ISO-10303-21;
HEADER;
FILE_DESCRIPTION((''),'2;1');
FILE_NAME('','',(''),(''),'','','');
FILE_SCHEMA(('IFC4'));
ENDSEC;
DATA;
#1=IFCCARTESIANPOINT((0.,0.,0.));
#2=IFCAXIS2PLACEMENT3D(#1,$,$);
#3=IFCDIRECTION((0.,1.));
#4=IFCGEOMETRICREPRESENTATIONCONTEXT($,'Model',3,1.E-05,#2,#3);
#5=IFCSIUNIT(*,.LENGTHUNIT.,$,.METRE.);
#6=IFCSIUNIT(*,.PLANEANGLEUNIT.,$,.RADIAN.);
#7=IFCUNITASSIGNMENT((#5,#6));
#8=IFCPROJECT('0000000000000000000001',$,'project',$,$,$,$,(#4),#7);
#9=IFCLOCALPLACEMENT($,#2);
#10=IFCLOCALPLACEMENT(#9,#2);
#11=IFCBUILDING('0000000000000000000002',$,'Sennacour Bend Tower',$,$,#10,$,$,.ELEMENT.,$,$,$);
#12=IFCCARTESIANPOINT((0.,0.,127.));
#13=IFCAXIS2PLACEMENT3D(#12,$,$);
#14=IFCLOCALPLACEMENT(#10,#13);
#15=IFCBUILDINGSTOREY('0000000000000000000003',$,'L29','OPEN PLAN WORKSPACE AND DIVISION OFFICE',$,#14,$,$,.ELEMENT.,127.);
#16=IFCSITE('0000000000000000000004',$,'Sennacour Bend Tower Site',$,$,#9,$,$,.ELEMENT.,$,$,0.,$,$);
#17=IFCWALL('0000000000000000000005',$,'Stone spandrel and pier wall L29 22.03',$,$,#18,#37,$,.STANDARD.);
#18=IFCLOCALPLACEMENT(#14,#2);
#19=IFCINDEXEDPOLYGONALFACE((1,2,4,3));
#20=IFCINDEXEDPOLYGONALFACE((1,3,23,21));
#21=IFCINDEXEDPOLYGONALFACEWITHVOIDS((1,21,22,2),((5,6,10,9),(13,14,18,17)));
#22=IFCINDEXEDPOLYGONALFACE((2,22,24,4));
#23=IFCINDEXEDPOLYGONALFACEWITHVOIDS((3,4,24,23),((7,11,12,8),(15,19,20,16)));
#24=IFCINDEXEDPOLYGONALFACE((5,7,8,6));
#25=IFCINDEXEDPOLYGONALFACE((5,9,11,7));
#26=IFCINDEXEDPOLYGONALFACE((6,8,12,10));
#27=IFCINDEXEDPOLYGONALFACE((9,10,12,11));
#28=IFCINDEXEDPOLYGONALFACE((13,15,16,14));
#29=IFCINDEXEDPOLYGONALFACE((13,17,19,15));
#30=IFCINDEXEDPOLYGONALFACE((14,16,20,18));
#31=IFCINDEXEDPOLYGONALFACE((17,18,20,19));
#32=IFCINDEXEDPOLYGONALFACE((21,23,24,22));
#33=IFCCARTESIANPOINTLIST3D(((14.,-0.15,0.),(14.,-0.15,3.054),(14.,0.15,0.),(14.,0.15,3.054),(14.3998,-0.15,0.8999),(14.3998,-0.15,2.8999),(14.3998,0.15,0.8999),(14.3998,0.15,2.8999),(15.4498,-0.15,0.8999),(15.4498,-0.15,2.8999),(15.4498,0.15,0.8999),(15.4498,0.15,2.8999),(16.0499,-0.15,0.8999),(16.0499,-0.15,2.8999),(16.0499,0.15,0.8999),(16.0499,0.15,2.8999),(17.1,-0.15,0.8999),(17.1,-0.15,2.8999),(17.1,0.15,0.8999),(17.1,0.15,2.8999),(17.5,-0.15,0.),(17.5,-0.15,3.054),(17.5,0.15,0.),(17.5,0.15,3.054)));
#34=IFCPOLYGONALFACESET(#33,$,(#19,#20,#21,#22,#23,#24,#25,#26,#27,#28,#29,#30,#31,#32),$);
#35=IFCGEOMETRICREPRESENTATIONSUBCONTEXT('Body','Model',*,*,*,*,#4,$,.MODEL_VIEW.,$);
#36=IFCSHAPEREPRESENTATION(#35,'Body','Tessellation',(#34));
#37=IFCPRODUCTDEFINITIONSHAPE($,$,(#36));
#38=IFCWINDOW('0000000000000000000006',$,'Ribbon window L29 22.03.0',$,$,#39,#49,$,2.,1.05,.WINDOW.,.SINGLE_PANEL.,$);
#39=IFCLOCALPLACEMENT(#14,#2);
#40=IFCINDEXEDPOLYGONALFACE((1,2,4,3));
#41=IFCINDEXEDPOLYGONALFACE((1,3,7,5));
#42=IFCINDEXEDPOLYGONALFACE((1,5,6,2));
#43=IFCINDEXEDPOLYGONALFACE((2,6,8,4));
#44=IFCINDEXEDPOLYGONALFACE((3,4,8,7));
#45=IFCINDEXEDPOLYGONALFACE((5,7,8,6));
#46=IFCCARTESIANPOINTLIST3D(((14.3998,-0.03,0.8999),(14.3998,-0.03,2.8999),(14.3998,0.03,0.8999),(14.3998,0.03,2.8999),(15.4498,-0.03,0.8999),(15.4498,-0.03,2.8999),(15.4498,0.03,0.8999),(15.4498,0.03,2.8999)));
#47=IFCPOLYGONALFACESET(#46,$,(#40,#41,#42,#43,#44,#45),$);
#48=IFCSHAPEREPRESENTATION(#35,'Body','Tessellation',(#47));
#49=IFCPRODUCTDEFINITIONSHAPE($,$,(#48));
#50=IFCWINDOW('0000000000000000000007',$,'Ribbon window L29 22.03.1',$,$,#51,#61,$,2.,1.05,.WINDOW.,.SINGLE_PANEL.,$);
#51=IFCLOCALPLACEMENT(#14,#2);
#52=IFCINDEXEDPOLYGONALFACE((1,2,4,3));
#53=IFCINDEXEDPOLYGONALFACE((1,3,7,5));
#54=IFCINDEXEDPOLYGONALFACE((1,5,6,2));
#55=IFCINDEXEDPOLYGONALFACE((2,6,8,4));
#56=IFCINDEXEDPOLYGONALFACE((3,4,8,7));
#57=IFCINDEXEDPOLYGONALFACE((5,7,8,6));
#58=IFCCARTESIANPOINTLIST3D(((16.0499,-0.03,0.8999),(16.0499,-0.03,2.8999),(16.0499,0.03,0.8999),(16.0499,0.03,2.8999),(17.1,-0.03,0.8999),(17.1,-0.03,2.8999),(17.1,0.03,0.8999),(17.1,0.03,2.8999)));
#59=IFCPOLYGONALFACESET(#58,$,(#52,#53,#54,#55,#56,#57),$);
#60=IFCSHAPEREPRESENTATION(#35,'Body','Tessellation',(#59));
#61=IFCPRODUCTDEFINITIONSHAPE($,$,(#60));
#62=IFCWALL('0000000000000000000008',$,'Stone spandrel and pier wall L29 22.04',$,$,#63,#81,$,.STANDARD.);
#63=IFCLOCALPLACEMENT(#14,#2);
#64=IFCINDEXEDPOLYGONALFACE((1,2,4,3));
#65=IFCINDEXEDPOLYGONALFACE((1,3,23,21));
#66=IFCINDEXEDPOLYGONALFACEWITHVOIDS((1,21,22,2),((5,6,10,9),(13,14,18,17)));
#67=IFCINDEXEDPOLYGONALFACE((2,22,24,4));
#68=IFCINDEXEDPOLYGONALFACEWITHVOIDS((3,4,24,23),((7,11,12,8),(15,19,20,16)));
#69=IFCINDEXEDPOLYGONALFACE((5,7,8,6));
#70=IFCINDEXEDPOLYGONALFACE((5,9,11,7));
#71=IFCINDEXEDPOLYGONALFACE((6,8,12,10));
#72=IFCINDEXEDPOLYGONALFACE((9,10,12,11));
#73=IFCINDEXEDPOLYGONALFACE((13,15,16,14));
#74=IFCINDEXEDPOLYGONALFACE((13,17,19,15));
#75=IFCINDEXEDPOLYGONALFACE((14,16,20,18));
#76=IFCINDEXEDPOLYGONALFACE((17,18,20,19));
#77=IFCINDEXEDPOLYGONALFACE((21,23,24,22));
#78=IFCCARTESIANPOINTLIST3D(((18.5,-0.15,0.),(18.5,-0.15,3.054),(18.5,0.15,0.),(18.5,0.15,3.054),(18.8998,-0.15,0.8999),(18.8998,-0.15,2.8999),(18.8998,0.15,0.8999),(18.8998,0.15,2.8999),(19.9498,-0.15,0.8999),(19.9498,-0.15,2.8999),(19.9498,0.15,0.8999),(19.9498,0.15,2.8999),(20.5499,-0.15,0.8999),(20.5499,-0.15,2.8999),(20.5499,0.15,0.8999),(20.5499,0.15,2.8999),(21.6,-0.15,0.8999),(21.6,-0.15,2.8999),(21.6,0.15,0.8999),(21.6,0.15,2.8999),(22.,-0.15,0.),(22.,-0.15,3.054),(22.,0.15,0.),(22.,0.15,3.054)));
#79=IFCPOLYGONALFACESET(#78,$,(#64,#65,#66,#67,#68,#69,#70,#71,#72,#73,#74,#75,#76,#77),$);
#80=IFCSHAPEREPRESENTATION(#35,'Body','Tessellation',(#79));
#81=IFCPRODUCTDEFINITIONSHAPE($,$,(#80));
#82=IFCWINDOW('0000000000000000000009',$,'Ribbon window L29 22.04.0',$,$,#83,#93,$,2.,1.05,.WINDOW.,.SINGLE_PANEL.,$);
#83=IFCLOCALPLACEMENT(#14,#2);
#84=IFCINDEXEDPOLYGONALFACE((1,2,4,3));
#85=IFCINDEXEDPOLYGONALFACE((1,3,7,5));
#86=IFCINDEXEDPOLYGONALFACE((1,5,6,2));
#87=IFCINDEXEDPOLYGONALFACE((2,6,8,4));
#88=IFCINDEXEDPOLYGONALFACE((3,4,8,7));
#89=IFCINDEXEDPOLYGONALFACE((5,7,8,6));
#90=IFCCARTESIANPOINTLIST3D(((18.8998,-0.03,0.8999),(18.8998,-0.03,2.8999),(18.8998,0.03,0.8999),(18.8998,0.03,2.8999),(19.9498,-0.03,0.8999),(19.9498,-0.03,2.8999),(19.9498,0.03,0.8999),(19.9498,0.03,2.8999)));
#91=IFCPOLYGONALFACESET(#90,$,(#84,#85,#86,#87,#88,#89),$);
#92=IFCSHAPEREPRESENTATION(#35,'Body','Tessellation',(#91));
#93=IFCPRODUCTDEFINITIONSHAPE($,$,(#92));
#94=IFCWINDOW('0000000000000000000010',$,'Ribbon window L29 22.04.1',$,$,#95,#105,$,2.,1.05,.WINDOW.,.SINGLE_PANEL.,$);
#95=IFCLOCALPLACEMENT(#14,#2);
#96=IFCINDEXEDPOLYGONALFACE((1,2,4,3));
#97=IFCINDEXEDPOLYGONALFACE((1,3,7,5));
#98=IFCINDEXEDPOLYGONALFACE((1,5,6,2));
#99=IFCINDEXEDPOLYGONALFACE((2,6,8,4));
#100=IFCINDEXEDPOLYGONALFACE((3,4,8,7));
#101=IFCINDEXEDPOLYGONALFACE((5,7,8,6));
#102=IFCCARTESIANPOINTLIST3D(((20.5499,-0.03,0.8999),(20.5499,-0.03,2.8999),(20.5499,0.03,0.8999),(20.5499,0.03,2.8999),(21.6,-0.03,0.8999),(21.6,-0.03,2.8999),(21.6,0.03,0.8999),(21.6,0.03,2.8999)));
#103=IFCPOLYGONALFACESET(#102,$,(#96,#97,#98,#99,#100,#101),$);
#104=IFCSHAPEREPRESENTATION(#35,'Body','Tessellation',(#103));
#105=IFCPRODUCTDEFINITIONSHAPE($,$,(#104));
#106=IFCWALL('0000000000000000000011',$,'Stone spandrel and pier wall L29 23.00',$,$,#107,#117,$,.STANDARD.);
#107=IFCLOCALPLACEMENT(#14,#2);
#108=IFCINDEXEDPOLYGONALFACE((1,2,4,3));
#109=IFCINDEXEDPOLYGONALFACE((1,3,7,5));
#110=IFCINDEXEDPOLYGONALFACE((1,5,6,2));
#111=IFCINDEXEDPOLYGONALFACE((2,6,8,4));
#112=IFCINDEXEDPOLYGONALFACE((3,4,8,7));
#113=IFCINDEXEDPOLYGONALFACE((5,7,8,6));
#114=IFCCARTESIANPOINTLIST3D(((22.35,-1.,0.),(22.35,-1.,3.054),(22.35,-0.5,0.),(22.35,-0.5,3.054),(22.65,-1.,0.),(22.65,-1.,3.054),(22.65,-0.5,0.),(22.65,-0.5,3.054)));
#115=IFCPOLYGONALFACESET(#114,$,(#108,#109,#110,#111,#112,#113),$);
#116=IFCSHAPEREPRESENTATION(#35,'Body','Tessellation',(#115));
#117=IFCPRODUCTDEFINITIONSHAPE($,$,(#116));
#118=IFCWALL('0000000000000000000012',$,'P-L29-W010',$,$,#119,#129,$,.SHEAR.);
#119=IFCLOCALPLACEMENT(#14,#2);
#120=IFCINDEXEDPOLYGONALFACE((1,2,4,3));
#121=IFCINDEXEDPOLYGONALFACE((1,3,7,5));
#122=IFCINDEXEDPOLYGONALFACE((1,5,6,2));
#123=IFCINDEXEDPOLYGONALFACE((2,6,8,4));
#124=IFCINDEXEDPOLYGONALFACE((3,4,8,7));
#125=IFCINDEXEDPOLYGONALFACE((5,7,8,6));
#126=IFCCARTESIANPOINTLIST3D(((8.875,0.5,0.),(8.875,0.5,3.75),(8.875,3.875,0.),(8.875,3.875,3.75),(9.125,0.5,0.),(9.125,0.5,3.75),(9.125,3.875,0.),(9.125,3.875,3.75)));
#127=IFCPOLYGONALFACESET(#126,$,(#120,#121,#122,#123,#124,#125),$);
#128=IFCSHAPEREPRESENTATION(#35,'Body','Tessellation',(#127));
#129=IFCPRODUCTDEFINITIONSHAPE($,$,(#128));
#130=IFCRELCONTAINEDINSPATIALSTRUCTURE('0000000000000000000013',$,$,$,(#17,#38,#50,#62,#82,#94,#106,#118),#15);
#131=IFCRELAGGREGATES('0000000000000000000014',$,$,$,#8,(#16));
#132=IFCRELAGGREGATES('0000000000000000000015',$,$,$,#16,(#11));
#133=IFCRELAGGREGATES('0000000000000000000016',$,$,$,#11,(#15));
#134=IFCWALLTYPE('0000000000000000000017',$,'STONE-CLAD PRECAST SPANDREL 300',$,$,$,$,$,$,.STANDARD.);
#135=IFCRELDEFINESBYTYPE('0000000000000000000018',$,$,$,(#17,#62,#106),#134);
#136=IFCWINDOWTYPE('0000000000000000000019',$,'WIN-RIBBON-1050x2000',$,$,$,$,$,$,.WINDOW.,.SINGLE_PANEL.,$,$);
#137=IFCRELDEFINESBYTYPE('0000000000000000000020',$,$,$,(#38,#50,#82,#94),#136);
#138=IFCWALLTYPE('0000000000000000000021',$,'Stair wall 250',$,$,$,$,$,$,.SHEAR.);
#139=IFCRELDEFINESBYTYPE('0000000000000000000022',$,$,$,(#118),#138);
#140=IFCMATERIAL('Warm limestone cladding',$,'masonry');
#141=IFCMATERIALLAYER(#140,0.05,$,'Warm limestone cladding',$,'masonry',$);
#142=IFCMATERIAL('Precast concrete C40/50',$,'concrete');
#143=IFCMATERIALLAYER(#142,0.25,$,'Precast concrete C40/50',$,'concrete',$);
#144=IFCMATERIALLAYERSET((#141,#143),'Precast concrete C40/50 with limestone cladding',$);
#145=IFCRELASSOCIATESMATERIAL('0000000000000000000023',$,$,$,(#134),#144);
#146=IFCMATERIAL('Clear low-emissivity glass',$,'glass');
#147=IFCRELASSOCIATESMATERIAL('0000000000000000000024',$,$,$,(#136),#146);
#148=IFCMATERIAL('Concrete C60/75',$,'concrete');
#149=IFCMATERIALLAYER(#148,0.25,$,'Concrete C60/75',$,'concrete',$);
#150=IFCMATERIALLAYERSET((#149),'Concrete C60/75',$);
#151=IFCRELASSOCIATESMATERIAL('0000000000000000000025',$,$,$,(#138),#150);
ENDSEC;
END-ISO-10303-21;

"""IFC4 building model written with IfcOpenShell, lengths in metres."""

from ifc_helpers import new_model, si_unit, direction, frame, frame_2d, origin, place, context, subcontext, project, spatial, rectangle, extrude, material, layer, layer_set, type_object, element, fill, save


model = new_model("IFC4")

# Units and contexts
model_context = context("Model", 3, precision=1e-05, world=origin(), true_north=direction((0.0, 1.0)))
body_context = subcontext(model_context, "Body", "Model", "MODEL_VIEW")
ifc_project = project(units=[si_unit("LENGTHUNIT", "METRE"), si_unit("PLANEANGLEUNIT", "RADIAN")], contexts=[model_context])

# Site, building, storey
site_placement = place(None, origin())
site = spatial("IfcSite", under=ifc_project, at=site_placement, Name="Sennacour Bend Tower Site", CompositionType="ELEMENT", RefElevation=0.0)
building_placement = place(site_placement, origin())
building = spatial("IfcBuilding", under=site, at=building_placement, Name="Sennacour Bend Tower", CompositionType="ELEMENT")
storey_placement = place(building_placement, frame((0.0, 0.0, 127.0)))
storey = spatial("IfcBuildingStorey", under=building, at=storey_placement, Name="L29", Description="OPEN PLAN WORKSPACE AND DIVISION OFFICE", CompositionType="ELEMENT", Elevation=127.0)

# Walls, openings, windows
ifc_material_1 = material(Name="Warm limestone cladding", Category="masonry")
ifc_layer_1 = layer(ifc_material_1, 0.05, Name="Warm limestone cladding", Category="masonry")
ifc_material_2 = material(Name="Precast concrete C40/50", Category="concrete")
ifc_layer_2 = layer(ifc_material_2, 0.25, Name="Precast concrete C40/50", Category="concrete")
ifc_layer_set_1 = layer_set([ifc_layer_1, ifc_layer_2], Name="Precast concrete C40/50 with limestone cladding")
wall_type_1 = type_object("IfcWallType", Name="STONE-CLAD PRECAST SPANDREL 300", PredefinedType="STANDARD", material=ifc_layer_set_1)
ifc_material_3 = material(Name="Clear low-emissivity glass", Category="glass")
window_type = type_object("IfcWindowType", Name="WIN-RIBBON-1050x2000", PartitioningType="SINGLE_PANEL", PredefinedType="WINDOW", material=ifc_material_3)
wall_1_placement = place(storey_placement, frame((14.0, 0.0, 0.0), z_axis=(0.0, 0.0, 1.0), x_axis=(1.0, 0.0, 0.0)))
wall_1 = element("IfcWall", 1, at=wall_1_placement, inside=storey, type_object=wall_type_1, Name="Stone spandrel and pier wall L29 22.03", PredefinedType="STANDARD", context=body_context, shape_type="SweptSolid", body=[
    extrude(rectangle(XDim=3.5, YDim=0.3, at=frame_2d((1.75, 0.0))), origin(), (0.0, 0.0, 1.0), 3.054),
])
opening_1_placement = place(wall_1_placement, frame((0.3999, 0.0, 0.8999)))
opening_1 = element("IfcOpeningElement", 2, at=opening_1_placement, cuts=wall_1, PredefinedType="OPENING", context=body_context, shape_type="SweptSolid", body=[
    extrude(rectangle(XDim=1.05, YDim=2.0, at=frame_2d((0.5249, 1.0))), frame((0.0, 0.1602, 0.0), z_axis=(0.0, -1.0, 0.0), x_axis=(1.0, 0.0, 0.0)), (0.0, 0.0, 1.0), 0.3201),
])
opening_2_placement = place(wall_1_placement, frame((2.05, 0.0, 0.8999)))
opening_2 = element("IfcOpeningElement", 3, at=opening_2_placement, cuts=wall_1, PredefinedType="OPENING", context=body_context, shape_type="SweptSolid", body=[
    extrude(rectangle(XDim=1.05, YDim=2.0, at=frame_2d((0.5249, 1.0))), frame((0.0, 0.1602, 0.0), z_axis=(0.0, -1.0, 0.0), x_axis=(1.0, 0.0, 0.0)), (0.0, 0.0, 1.0), 0.3201),
])
window_1_placement = place(opening_1_placement, origin())
window_1 = element("IfcWindow", 4, at=window_1_placement, inside=storey, type_object=window_type, Name="Ribbon window L29 22.03.0", OverallHeight=2.0, OverallWidth=1.05, PartitioningType="SINGLE_PANEL", PredefinedType="WINDOW", context=body_context, shape_type="SweptSolid", body=[
    extrude(rectangle(XDim=1.05, YDim=2.0, at=frame_2d((0.5249, 1.0))), frame((0.0, 0.03, 0.0), z_axis=(0.0, -1.0, 0.0), x_axis=(1.0, 0.0, 0.0)), (0.0, 0.0, 1.0), 0.0601),
])
fill(opening_1, window_1)
window_2_placement = place(opening_2_placement, origin())
window_2 = element("IfcWindow", 5, at=window_2_placement, inside=storey, type_object=window_type, Name="Ribbon window L29 22.03.1", OverallHeight=2.0, OverallWidth=1.05, PartitioningType="SINGLE_PANEL", PredefinedType="WINDOW", context=body_context, shape_type="SweptSolid", body=[
    extrude(rectangle(XDim=1.05, YDim=2.0, at=frame_2d((0.5249, 1.0))), frame((0.0, 0.03, 0.0), z_axis=(0.0, -1.0, 0.0), x_axis=(1.0, 0.0, 0.0)), (0.0, 0.0, 1.0), 0.0601),
])
fill(opening_2, window_2)
wall_2_placement = place(storey_placement, frame((18.5, 0.0, 0.0), z_axis=(0.0, 0.0, 1.0), x_axis=(1.0, 0.0, 0.0)))
wall_2 = element("IfcWall", 6, at=wall_2_placement, inside=storey, type_object=wall_type_1, Name="Stone spandrel and pier wall L29 22.04", PredefinedType="STANDARD", context=body_context, shape_type="SweptSolid", body=[
    extrude(rectangle(XDim=3.5, YDim=0.3, at=frame_2d((1.75, 0.0))), origin(), (0.0, 0.0, 1.0), 3.054),
])
opening_3_placement = place(wall_2_placement, frame((0.3999, 0.0, 0.8999)))
opening_3 = element("IfcOpeningElement", 7, at=opening_3_placement, cuts=wall_2, PredefinedType="OPENING", context=body_context, shape_type="SweptSolid", body=[
    extrude(rectangle(XDim=1.05, YDim=2.0, at=frame_2d((0.5249, 1.0))), frame((0.0, 0.1602, 0.0), z_axis=(0.0, -1.0, 0.0), x_axis=(1.0, 0.0, 0.0)), (0.0, 0.0, 1.0), 0.3201),
])
opening_4_placement = place(wall_2_placement, frame((2.05, 0.0, 0.8999)))
opening_4 = element("IfcOpeningElement", 8, at=opening_4_placement, cuts=wall_2, PredefinedType="OPENING", context=body_context, shape_type="SweptSolid", body=[
    extrude(rectangle(XDim=1.05, YDim=2.0, at=frame_2d((0.5249, 1.0))), frame((0.0, 0.1602, 0.0), z_axis=(0.0, -1.0, 0.0), x_axis=(1.0, 0.0, 0.0)), (0.0, 0.0, 1.0), 0.3201),
])
window_3_placement = place(opening_3_placement, origin())
window_3 = element("IfcWindow", 9, at=window_3_placement, inside=storey, type_object=window_type, Name="Ribbon window L29 22.04.0", OverallHeight=2.0, OverallWidth=1.05, PartitioningType="SINGLE_PANEL", PredefinedType="WINDOW", context=body_context, shape_type="SweptSolid", body=[
    extrude(rectangle(XDim=1.05, YDim=2.0, at=frame_2d((0.5249, 1.0))), frame((0.0, 0.03, 0.0), z_axis=(0.0, -1.0, 0.0), x_axis=(1.0, 0.0, 0.0)), (0.0, 0.0, 1.0), 0.0601),
])
fill(opening_3, window_3)
window_4_placement = place(opening_4_placement, origin())
window_4 = element("IfcWindow", 10, at=window_4_placement, inside=storey, type_object=window_type, Name="Ribbon window L29 22.04.1", OverallHeight=2.0, OverallWidth=1.05, PartitioningType="SINGLE_PANEL", PredefinedType="WINDOW", context=body_context, shape_type="SweptSolid", body=[
    extrude(rectangle(XDim=1.05, YDim=2.0, at=frame_2d((0.5249, 1.0))), frame((0.0, 0.03, 0.0), z_axis=(0.0, -1.0, 0.0), x_axis=(1.0, 0.0, 0.0)), (0.0, 0.0, 1.0), 0.0601),
])
fill(opening_4, window_4)

# Walls
wall_3_placement = place(storey_placement, frame((22.5, -0.5, 0.0), z_axis=(0.0, 0.0, 1.0), x_axis=(0.0, -1.0, 0.0)))
element("IfcWall", 11, at=wall_3_placement, inside=storey, type_object=wall_type_1, Name="Stone spandrel and pier wall L29 23.00", PredefinedType="STANDARD", context=body_context, shape_type="SweptSolid", body=[
    extrude(rectangle(XDim=0.5, YDim=0.3, at=frame_2d((0.25, 0.0))), origin(), (0.0, 0.0, 1.0), 3.054),
])
ifc_material_4 = material(Name="Concrete C60/75", Category="concrete")
ifc_layer_3 = layer(ifc_material_4, 0.25, Name="Concrete C60/75", Category="concrete")
ifc_layer_set_2 = layer_set([ifc_layer_3], Name="Concrete C60/75")
wall_type_2 = type_object("IfcWallType", Name="Stair wall 250", PredefinedType="SHEAR", material=ifc_layer_set_2)
wall_4_placement = place(storey_placement, frame((9.0, 0.5, 0.0), z_axis=(0.0, 0.0, 1.0), x_axis=(0.0, 1.0, 0.0)))
element("IfcWall", 12, at=wall_4_placement, inside=storey, type_object=wall_type_2, Name="P-L29-W010", PredefinedType="SHEAR", context=body_context, shape_type="SweptSolid", body=[
    extrude(rectangle(XDim=3.375, YDim=0.25, at=frame_2d((1.6875, 0.0))), origin(), (0.0, 0.0, 1.0), 3.75),
])

save(model, "model.ifc")
